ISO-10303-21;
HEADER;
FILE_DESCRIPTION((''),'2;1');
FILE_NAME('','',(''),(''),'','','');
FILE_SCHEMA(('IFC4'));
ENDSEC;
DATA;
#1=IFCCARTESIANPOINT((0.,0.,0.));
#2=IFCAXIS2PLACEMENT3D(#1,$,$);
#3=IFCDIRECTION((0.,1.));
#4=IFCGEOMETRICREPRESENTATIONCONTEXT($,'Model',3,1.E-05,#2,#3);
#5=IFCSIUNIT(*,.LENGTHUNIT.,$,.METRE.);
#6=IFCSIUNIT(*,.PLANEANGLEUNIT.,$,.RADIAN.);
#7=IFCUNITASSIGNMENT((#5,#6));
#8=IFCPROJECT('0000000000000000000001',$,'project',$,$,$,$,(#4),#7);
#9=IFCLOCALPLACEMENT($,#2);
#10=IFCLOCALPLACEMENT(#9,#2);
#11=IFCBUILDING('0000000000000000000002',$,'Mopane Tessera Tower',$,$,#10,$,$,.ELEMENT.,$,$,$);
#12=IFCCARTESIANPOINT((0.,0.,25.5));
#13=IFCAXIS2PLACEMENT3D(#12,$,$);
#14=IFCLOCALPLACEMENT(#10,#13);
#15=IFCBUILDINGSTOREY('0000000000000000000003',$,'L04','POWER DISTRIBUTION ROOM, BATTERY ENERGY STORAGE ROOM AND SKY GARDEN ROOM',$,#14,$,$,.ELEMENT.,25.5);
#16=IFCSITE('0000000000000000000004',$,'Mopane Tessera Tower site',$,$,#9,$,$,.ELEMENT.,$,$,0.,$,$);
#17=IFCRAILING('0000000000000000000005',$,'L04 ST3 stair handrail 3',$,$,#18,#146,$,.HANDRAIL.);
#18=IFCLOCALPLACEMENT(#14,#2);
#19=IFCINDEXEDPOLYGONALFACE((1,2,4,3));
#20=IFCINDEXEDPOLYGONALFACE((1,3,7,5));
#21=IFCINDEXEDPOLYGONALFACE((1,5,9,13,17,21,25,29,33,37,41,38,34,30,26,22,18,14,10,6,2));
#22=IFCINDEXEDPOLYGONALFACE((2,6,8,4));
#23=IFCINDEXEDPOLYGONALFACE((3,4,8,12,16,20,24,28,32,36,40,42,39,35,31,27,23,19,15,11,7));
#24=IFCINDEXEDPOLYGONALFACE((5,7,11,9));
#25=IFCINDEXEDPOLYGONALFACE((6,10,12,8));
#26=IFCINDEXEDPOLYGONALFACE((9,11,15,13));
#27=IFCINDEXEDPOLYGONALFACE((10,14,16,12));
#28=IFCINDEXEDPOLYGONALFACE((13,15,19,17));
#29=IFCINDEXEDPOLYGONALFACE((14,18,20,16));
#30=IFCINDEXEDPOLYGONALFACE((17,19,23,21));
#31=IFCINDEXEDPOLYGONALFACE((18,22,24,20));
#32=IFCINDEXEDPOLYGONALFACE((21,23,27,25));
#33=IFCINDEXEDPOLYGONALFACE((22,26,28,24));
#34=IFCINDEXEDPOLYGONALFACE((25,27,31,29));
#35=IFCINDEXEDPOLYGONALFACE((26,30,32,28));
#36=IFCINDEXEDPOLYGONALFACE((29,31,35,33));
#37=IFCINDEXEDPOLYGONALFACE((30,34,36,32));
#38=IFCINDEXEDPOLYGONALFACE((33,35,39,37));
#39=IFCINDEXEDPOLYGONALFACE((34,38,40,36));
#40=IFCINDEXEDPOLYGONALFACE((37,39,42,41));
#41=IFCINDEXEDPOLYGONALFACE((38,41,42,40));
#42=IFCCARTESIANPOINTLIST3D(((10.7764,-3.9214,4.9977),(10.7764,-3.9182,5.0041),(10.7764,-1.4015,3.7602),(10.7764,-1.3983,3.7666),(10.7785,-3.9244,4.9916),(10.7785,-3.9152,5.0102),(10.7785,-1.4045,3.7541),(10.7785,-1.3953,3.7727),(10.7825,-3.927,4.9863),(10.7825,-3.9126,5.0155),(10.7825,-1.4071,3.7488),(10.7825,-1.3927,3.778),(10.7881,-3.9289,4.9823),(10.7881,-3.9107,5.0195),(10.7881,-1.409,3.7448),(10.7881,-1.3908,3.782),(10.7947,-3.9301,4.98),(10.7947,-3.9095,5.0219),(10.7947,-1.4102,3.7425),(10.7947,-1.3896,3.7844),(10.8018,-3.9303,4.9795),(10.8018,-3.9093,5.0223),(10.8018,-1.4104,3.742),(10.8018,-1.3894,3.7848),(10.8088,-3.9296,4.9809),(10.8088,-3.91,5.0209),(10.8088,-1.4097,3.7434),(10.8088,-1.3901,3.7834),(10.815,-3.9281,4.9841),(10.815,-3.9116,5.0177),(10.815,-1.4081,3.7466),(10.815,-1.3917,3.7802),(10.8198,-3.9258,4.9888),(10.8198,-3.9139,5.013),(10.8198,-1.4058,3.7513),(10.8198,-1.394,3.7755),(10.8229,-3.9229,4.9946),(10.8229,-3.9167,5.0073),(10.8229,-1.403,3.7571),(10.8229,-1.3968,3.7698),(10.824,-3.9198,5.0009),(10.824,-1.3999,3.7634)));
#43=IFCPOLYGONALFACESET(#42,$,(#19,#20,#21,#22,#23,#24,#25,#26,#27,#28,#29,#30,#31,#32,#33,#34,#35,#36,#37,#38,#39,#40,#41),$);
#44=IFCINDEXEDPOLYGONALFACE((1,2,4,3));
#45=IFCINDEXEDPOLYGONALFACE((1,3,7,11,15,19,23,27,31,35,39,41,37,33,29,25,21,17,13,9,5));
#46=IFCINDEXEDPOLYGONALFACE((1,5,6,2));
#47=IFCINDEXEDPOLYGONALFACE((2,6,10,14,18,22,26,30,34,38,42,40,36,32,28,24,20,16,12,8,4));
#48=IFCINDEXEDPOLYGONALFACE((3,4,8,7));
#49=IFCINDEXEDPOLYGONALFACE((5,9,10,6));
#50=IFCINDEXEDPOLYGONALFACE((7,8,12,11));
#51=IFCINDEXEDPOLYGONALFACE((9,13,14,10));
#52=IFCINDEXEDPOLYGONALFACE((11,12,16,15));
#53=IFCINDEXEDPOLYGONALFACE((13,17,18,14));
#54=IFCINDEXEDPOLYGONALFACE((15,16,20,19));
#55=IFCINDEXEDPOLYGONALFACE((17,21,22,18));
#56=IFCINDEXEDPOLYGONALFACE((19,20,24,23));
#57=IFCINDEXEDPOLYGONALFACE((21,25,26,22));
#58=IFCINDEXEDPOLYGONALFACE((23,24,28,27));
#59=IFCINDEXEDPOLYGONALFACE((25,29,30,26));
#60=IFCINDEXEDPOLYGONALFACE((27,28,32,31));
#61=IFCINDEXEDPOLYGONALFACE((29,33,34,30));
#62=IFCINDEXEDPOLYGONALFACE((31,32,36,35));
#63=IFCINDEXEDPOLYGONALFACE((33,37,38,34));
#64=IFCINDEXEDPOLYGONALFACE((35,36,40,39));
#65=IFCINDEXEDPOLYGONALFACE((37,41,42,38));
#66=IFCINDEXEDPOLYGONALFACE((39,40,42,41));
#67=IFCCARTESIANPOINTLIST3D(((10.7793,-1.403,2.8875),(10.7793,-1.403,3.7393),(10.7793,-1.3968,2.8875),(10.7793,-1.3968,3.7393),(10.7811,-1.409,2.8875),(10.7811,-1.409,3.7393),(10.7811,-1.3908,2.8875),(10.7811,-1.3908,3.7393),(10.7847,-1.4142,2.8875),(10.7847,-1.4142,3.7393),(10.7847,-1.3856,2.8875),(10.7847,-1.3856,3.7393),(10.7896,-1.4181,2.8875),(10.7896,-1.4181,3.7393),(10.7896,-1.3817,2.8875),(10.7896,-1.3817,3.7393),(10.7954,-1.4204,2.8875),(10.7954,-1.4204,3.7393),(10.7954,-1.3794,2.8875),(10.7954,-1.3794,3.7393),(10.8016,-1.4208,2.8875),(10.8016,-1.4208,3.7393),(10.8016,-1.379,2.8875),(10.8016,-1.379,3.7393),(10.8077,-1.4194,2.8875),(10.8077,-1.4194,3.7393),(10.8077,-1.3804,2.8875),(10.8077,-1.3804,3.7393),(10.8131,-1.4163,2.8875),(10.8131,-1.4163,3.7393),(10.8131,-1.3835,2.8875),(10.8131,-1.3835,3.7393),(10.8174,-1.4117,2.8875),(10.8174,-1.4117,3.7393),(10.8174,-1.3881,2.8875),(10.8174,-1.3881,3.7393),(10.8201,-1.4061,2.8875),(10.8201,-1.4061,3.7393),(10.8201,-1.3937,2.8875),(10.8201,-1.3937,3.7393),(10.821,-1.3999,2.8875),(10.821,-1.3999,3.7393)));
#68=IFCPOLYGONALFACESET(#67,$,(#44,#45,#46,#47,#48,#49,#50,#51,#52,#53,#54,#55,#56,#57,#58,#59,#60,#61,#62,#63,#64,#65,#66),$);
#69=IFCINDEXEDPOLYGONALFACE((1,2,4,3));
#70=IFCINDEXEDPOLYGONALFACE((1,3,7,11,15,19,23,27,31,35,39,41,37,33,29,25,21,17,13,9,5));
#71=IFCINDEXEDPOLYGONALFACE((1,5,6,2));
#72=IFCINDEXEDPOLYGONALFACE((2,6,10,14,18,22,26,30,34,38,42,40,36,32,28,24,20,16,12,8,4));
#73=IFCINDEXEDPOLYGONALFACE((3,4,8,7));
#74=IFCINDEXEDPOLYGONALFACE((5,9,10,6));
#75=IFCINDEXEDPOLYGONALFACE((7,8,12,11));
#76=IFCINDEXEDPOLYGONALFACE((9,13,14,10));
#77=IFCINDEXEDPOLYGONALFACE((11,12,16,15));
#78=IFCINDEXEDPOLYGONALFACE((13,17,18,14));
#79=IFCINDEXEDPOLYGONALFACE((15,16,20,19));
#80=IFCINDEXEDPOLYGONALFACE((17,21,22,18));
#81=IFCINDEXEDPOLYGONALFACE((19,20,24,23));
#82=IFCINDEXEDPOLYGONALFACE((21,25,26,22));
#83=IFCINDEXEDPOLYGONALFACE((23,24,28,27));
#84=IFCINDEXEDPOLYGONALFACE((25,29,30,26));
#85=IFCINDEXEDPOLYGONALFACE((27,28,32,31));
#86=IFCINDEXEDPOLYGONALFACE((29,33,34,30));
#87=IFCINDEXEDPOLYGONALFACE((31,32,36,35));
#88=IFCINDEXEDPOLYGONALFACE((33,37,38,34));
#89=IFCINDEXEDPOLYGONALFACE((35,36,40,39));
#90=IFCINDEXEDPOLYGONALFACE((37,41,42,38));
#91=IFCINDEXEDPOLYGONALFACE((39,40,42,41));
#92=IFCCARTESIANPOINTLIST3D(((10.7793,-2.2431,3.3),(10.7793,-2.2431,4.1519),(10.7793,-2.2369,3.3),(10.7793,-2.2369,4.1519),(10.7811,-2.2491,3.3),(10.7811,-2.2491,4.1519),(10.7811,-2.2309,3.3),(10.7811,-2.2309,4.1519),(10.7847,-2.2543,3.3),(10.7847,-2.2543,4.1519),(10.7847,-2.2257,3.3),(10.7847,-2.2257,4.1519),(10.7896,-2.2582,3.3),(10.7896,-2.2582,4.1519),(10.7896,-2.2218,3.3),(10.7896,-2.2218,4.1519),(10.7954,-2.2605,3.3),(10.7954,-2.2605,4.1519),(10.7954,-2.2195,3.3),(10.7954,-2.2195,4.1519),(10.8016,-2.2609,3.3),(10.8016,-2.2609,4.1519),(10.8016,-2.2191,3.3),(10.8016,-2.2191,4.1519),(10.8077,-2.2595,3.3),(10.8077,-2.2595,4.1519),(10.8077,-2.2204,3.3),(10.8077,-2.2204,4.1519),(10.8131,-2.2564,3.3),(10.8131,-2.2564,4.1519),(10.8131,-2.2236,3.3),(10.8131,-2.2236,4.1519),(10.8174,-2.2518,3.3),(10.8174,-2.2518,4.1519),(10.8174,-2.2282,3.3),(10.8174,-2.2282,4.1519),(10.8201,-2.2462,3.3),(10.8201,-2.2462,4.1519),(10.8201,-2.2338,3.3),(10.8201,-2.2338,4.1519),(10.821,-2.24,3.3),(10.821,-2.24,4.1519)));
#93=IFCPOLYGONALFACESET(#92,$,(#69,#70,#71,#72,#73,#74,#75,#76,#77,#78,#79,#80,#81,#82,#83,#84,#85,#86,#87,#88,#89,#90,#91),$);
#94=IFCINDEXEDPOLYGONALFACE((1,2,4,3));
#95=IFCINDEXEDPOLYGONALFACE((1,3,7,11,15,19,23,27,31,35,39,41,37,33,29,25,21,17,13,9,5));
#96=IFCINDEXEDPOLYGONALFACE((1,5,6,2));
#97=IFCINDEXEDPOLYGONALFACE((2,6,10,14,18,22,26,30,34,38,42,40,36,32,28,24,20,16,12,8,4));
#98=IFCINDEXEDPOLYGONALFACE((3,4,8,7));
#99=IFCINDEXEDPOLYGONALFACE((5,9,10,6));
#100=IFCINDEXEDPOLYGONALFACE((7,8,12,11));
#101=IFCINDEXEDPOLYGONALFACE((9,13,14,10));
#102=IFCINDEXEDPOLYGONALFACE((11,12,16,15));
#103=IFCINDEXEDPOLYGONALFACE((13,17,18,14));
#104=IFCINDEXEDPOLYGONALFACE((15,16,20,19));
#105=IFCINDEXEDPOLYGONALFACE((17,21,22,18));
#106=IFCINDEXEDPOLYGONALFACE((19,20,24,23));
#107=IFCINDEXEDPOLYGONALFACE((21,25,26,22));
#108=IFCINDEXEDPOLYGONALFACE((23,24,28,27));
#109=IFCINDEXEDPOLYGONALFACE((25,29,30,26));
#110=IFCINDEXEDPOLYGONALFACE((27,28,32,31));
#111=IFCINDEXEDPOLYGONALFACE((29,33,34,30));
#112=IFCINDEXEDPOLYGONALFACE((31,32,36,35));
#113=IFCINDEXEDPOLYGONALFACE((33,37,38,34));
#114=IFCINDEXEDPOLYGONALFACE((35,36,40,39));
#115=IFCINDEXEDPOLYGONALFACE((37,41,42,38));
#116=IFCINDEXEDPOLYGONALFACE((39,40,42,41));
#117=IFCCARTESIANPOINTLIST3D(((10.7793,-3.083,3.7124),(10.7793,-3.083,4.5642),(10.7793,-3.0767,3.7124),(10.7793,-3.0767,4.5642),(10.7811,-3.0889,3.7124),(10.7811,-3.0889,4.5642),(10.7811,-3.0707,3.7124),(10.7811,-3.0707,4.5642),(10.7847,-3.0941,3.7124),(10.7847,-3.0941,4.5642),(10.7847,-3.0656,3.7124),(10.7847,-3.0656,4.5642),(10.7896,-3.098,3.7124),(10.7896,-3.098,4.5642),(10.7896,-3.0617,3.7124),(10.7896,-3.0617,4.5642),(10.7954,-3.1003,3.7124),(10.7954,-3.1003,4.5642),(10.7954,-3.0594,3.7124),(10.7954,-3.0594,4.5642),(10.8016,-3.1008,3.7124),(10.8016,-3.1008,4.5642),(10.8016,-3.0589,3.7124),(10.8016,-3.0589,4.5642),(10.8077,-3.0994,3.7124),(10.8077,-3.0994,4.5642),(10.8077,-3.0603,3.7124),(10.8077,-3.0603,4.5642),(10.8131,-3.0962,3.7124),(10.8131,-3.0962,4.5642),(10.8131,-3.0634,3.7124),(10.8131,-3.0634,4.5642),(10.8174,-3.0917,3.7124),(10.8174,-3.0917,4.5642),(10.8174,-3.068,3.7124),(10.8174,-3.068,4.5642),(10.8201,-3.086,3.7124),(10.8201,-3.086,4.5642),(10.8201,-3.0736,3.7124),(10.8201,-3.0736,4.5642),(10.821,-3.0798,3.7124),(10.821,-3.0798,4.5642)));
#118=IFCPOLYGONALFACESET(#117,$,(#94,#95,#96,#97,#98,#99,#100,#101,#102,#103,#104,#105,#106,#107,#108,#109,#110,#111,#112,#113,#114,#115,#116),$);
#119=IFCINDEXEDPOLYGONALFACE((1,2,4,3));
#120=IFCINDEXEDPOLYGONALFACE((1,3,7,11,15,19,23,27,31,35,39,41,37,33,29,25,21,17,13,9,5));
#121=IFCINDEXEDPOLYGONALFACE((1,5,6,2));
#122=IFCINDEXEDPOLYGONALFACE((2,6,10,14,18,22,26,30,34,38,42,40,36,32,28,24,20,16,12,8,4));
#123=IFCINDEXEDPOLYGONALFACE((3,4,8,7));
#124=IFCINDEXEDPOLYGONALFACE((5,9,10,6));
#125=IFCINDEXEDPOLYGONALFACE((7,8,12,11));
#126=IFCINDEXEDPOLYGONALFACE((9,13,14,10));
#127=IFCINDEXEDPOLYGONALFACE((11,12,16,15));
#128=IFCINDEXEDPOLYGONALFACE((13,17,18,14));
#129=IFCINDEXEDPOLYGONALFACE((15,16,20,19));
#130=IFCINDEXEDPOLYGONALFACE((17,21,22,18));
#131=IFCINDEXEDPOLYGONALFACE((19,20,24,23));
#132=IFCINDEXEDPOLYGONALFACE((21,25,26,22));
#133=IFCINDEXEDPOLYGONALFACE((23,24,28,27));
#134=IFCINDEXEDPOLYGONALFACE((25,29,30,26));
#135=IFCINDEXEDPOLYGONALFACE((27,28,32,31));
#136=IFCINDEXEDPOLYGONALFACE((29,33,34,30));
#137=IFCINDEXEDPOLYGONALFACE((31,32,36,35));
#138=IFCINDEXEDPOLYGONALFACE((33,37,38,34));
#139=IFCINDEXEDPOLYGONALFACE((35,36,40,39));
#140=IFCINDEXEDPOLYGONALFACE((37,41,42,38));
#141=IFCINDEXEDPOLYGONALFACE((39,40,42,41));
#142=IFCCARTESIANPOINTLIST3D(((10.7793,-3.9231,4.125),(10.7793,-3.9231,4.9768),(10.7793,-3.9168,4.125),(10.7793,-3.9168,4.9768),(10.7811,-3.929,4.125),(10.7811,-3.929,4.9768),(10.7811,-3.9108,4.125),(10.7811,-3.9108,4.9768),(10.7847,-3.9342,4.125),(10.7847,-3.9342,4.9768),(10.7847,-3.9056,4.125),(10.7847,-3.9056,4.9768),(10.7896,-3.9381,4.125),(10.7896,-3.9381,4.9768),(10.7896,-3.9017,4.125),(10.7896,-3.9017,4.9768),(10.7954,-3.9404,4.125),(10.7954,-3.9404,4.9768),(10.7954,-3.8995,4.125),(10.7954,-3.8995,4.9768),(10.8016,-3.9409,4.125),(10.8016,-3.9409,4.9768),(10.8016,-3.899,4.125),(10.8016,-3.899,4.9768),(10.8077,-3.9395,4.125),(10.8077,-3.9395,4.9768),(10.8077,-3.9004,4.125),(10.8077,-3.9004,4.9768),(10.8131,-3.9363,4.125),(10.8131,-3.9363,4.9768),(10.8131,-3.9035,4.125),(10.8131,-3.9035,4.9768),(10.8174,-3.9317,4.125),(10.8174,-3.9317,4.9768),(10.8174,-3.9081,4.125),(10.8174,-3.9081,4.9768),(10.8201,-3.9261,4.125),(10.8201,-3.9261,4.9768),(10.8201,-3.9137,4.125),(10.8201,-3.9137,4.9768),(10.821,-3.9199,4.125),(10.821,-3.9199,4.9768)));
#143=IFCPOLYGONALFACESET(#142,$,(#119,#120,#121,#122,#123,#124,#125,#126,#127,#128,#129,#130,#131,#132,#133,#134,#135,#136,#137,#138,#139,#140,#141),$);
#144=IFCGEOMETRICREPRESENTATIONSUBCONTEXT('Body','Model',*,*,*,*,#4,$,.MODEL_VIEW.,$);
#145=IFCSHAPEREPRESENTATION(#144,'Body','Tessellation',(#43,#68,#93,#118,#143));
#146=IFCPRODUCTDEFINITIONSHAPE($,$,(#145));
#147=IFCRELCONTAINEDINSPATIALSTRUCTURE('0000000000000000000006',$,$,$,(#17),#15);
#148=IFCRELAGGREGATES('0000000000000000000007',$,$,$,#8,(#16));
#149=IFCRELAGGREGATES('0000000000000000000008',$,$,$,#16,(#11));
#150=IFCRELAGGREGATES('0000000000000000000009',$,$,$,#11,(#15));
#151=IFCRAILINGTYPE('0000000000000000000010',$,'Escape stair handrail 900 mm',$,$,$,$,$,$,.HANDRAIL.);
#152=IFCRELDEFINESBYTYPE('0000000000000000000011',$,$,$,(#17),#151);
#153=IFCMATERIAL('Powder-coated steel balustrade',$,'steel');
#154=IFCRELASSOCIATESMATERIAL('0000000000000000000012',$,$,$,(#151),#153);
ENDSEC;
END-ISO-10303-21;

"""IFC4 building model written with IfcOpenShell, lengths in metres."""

from ifc_helpers import new_model, si_unit, direction, frame, origin, origin_2d, place, context, subcontext, project, spatial, circle, extrude, material, type_object, element, save


model = new_model("IFC4")

# Units and contexts
model_context = context("Model", 3, precision=1e-05, world=origin(), true_north=direction((0.0, 1.0)))
body_context = subcontext(model_context, "Body", "Model", "MODEL_VIEW")
ifc_project = project(units=[si_unit("LENGTHUNIT", "METRE"), si_unit("PLANEANGLEUNIT", "RADIAN")], contexts=[model_context])

# Site, building, storey
site_placement = place(None, origin())
site = spatial("IfcSite", under=ifc_project, at=site_placement, Name="Mopane Tessera Tower site", CompositionType="ELEMENT", RefElevation=0.0)
building_placement = place(site_placement, origin())
building = spatial("IfcBuilding", under=site, at=building_placement, Name="Mopane Tessera Tower", CompositionType="ELEMENT")
storey_placement = place(building_placement, frame((0.0, 0.0, 25.5)))
storey = spatial("IfcBuildingStorey", under=building, at=storey_placement, Name="L04", Description="POWER DISTRIBUTION ROOM, BATTERY ENERGY STORAGE ROOM AND SKY GARDEN ROOM", CompositionType="ELEMENT", Elevation=25.5)

# Railing
ifc_material_1 = material(Name="Powder-coated steel balustrade", Category="steel")
railing_type_1 = type_object("IfcRailingType", Name="Escape stair handrail 900 mm", PredefinedType="HANDRAIL", material=ifc_material_1)
railing_1_placement = place(storey_placement, frame((10.8, -1.3999, 2.8875)))
element("IfcRailing", 1, at=railing_1_placement, inside=storey, type_object=railing_type_1, Name="L04 ST3 stair handrail 3", PredefinedType="HANDRAIL", context=body_context, shape_type="SweptSolid", body=[
    extrude(circle(Radius=0.0239, at=origin_2d()), frame((0.0, 0.0, 0.876), z_axis=(0.0, -0.897604, 0.440802), x_axis=(1.0, 0.0, 0.0)), (0.0, 0.0, 1.0), 2.8074),
    extrude(circle(Radius=0.021, at=origin_2d()), origin(), (0.0, 0.0, 1.0), 0.8518),
    extrude(circle(Radius=0.021, at=origin_2d()), frame((0.0, -0.8401, 0.4126)), (0.0, 0.0, 1.0), 0.8518),
    extrude(circle(Radius=0.021, at=origin_2d()), frame((0.0, -1.6799, 0.825)), (0.0, 0.0, 1.0), 0.8518),
    extrude(circle(Radius=0.021, at=origin_2d()), frame((0.0, -2.52, 1.2375)), (0.0, 0.0, 1.0), 0.8518),
])

save(model, "model.ifc")
